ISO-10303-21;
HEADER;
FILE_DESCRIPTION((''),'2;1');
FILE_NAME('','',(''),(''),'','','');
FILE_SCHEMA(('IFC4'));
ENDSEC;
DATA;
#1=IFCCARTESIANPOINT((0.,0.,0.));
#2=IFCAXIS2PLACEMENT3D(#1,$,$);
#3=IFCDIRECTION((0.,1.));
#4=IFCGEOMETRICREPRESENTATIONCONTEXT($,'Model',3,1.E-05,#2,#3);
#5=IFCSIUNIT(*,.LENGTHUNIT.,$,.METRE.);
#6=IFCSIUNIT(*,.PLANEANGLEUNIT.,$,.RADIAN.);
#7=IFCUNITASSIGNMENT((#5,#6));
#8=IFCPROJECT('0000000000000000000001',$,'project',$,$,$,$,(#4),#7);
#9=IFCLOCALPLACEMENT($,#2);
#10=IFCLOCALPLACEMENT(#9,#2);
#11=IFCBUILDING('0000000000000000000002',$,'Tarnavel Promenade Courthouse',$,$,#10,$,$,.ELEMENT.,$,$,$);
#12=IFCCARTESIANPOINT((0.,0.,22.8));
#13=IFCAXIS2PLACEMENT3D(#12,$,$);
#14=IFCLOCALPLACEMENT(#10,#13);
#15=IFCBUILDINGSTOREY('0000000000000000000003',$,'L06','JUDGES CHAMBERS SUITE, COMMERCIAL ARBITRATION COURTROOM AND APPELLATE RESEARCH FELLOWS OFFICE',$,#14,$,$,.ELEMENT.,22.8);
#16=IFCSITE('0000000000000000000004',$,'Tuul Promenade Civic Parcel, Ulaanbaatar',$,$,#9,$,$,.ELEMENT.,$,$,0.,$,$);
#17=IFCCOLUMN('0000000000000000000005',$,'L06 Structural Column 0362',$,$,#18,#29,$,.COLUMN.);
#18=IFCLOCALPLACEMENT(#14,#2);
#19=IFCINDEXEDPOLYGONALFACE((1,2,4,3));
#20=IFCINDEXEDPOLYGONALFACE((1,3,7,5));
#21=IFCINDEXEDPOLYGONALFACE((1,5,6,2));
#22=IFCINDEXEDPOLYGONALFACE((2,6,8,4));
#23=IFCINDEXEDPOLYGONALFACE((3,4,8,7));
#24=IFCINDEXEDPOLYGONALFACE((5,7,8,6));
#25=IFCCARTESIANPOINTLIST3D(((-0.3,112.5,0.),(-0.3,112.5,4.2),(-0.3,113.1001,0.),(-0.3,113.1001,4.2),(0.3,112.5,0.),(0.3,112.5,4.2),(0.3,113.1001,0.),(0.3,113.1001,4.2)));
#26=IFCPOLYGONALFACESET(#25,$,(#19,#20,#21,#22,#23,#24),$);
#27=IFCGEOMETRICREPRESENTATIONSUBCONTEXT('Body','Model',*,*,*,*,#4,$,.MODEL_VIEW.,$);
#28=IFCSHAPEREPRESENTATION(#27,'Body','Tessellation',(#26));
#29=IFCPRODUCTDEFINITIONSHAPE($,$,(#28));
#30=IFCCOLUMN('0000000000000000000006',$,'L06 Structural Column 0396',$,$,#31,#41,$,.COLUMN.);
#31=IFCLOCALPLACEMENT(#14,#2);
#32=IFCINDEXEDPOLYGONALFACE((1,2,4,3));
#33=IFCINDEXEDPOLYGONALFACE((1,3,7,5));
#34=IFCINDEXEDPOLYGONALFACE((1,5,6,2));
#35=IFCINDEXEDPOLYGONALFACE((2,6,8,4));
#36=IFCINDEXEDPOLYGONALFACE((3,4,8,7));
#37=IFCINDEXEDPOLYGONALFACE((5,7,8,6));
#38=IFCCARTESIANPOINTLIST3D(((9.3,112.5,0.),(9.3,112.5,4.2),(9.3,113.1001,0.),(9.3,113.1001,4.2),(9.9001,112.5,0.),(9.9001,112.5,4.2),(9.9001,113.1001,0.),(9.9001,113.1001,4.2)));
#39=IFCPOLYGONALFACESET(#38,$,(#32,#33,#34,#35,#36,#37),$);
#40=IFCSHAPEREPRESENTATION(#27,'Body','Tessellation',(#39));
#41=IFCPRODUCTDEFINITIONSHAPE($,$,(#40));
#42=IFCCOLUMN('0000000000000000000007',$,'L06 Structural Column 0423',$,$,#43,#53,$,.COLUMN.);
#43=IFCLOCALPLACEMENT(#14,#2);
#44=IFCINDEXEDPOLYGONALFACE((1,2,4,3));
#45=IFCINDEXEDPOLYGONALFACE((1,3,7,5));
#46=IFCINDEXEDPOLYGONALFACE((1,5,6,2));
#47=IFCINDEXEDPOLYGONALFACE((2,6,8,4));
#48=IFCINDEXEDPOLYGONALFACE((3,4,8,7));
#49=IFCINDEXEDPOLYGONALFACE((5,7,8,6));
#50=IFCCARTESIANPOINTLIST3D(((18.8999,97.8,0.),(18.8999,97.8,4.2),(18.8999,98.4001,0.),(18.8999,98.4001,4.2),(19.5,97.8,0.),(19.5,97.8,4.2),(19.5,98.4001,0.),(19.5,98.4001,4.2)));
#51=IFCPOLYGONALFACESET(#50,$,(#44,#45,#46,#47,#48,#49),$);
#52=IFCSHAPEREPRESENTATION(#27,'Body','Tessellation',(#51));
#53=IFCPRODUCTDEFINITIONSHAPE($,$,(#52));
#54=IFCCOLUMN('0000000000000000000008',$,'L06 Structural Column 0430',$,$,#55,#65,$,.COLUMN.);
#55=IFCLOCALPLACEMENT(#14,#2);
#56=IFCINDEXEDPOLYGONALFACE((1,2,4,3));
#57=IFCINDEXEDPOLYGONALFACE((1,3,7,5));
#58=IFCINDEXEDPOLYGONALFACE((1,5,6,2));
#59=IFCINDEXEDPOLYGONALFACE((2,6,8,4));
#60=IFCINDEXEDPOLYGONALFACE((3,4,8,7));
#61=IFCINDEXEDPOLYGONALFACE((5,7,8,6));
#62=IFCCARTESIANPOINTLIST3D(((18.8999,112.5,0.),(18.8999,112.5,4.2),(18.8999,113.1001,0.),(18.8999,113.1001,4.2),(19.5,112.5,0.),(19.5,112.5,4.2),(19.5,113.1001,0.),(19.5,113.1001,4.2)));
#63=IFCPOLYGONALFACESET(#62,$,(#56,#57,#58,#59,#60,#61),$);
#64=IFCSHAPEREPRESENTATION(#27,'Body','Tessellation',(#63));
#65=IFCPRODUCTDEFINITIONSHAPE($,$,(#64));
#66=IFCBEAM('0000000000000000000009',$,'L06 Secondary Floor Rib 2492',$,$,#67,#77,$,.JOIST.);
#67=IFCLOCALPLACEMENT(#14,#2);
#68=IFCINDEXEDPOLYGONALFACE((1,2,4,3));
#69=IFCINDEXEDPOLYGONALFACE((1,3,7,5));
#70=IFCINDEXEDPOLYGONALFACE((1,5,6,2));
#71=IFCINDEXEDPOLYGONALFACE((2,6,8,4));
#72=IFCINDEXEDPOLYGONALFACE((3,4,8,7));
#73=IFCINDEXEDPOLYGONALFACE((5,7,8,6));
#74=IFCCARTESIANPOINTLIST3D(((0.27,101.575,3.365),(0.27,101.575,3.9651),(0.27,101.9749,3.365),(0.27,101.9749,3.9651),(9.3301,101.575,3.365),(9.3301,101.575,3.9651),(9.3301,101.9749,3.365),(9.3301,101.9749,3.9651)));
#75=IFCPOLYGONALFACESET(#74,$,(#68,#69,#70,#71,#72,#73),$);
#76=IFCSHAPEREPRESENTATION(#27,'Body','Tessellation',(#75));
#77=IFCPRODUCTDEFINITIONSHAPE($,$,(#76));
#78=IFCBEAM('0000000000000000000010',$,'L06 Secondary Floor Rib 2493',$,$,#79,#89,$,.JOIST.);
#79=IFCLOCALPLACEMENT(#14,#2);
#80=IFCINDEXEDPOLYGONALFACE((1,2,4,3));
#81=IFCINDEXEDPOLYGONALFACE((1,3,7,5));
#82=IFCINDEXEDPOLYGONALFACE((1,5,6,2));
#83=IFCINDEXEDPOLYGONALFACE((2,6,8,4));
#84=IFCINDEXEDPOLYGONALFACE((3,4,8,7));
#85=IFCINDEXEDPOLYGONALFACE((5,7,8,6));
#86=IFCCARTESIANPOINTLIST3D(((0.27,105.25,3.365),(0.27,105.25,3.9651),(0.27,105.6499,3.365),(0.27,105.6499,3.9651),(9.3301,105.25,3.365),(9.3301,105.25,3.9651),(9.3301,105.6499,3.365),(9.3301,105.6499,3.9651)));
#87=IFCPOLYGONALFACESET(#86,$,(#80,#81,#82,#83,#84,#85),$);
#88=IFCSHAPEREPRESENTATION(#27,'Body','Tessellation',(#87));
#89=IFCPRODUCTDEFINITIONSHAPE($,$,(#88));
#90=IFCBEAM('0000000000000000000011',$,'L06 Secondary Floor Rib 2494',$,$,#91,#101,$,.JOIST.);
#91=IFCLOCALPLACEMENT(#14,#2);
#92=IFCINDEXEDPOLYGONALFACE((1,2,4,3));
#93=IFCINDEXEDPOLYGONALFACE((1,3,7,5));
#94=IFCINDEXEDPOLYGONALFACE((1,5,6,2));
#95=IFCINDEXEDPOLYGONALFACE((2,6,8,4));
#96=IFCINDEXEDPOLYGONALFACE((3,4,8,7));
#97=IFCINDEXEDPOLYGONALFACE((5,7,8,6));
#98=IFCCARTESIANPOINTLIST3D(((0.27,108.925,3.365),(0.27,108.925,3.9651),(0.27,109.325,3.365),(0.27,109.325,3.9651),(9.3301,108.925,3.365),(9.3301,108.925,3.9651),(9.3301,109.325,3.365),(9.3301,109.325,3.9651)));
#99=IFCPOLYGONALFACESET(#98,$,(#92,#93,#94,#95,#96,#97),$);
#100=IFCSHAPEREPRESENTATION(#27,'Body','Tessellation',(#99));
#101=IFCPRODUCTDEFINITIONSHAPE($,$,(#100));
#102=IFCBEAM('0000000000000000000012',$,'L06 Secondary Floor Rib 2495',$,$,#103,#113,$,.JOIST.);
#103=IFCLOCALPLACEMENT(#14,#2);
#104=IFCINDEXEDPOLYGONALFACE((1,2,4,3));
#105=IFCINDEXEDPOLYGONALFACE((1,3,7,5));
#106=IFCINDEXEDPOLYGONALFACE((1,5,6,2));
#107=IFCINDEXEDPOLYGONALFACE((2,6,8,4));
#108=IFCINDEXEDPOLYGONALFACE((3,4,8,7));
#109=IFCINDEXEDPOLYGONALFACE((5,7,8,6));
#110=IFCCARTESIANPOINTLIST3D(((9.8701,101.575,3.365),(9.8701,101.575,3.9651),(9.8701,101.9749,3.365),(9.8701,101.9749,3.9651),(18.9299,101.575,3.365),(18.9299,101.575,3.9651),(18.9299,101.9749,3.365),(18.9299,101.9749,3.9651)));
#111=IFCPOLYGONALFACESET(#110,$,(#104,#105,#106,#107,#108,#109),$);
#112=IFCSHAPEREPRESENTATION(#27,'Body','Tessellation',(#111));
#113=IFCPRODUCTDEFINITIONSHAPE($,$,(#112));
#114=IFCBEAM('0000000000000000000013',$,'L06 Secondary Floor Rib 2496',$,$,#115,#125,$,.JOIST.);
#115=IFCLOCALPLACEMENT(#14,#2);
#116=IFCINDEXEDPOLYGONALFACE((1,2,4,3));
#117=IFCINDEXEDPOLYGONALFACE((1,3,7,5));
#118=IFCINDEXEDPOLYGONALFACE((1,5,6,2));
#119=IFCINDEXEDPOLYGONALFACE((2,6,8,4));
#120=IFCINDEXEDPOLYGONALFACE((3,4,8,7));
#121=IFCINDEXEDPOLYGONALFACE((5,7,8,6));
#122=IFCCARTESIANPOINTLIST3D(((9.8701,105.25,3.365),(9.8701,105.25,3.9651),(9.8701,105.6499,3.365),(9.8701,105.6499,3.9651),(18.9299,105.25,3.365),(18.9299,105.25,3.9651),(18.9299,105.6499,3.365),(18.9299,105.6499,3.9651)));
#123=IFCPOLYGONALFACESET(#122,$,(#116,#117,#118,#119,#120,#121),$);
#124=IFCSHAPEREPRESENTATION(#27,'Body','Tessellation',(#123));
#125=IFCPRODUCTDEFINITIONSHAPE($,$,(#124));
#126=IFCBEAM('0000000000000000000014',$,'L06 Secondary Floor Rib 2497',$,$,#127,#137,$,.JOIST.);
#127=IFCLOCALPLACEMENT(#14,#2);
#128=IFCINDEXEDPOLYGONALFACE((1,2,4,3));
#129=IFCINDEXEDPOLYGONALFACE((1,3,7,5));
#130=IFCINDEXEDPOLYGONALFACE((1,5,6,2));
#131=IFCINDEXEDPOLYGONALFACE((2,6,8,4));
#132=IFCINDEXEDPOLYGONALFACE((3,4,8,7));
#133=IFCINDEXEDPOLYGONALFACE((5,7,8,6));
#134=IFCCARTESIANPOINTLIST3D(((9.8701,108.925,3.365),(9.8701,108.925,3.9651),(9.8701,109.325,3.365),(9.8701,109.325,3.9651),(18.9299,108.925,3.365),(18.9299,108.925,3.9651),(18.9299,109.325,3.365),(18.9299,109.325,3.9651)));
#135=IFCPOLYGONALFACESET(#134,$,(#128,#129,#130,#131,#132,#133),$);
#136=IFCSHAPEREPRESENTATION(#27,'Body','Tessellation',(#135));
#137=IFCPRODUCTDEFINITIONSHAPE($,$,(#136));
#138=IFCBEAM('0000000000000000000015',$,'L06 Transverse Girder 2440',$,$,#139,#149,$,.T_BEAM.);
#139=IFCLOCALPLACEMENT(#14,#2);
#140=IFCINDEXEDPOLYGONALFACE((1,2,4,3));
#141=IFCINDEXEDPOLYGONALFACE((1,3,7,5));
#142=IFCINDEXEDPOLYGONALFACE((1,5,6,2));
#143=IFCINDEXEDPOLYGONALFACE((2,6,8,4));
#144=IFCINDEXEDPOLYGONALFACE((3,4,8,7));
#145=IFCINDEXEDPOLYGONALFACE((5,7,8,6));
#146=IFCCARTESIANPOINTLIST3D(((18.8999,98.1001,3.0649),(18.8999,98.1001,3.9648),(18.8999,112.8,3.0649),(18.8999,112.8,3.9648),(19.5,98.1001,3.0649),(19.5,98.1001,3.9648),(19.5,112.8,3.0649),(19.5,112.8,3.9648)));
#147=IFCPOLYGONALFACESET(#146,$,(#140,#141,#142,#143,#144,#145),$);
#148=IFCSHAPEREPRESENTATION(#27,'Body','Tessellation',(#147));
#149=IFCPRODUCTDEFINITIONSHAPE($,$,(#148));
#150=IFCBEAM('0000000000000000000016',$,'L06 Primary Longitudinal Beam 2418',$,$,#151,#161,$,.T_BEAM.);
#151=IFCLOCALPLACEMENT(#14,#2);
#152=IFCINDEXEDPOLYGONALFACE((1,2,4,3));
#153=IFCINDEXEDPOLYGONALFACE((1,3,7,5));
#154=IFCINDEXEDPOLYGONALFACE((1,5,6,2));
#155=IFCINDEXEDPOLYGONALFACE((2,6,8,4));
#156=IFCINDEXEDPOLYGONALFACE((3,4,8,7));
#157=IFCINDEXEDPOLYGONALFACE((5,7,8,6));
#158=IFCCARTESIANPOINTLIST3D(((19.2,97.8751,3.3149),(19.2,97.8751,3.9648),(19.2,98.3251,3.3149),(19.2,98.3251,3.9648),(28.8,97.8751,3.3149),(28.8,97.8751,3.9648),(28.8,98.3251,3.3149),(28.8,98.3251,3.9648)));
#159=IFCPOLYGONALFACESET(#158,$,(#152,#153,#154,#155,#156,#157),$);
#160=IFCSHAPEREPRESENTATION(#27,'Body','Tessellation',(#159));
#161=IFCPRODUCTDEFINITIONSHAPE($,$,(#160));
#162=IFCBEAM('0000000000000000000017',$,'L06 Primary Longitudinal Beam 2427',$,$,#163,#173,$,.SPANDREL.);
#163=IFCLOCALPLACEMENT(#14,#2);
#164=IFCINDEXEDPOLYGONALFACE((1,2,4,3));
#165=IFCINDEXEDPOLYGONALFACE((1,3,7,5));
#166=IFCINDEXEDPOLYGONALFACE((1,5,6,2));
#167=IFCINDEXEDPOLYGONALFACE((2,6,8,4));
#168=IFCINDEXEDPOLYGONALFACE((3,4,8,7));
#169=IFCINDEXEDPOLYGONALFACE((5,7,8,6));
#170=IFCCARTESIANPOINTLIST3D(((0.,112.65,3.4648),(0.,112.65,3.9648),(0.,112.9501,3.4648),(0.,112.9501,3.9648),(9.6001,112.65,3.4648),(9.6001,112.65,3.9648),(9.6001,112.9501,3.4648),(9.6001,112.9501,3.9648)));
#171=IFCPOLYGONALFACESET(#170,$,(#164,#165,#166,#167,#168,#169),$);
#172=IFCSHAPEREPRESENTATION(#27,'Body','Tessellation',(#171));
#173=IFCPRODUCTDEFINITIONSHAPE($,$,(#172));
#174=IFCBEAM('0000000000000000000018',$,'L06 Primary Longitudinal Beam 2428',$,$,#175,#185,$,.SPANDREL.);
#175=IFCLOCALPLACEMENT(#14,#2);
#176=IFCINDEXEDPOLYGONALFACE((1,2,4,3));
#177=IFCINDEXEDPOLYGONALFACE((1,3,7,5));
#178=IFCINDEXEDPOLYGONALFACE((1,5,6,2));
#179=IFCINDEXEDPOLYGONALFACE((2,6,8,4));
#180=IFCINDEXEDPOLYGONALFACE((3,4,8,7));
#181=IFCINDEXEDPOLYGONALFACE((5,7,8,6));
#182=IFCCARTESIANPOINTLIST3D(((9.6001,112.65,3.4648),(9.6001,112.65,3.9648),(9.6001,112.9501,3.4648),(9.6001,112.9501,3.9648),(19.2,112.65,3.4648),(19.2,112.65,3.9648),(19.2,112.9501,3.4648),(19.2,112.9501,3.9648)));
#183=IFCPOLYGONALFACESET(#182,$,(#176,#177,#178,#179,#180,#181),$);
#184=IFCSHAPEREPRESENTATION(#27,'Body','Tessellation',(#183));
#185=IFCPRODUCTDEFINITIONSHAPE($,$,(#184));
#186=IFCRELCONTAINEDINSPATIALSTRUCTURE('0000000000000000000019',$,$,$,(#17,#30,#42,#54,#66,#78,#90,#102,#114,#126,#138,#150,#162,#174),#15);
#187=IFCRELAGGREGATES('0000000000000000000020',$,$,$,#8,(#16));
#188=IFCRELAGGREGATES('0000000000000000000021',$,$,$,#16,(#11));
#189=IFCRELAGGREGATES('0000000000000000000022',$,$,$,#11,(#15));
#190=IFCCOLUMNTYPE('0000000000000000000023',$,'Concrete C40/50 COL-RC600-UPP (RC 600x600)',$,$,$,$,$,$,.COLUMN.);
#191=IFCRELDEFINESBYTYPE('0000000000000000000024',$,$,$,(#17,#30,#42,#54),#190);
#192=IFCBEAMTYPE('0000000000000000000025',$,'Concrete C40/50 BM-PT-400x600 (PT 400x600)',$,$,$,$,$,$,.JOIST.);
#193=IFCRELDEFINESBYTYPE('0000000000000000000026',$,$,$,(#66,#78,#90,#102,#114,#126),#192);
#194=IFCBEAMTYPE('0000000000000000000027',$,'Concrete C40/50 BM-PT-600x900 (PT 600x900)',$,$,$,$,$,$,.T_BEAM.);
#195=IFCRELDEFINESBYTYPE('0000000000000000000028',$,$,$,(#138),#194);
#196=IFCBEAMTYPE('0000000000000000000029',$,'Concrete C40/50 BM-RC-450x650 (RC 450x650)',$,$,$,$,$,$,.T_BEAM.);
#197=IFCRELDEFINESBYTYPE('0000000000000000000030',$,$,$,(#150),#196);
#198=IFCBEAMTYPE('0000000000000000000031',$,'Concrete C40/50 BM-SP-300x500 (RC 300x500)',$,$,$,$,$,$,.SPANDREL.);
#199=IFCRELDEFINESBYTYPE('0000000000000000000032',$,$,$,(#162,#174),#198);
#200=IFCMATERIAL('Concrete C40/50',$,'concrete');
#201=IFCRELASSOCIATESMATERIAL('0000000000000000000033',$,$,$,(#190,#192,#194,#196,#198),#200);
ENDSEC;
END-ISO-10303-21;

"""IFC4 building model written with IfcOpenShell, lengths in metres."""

from ifc_helpers import new_model, si_unit, direction, frame, origin, origin_2d, place, context, subcontext, project, spatial, rectangle, extrude, material, material_profile, profile_set, type_object, element, save


model = new_model("IFC4")

# Units and contexts
model_context = context("Model", 3, precision=1e-05, world=origin(), true_north=direction((0.0, 1.0)))
body_context = subcontext(model_context, "Body", "Model", "MODEL_VIEW")
ifc_project = project(units=[si_unit("LENGTHUNIT", "METRE"), si_unit("PLANEANGLEUNIT", "RADIAN")], contexts=[model_context])

# Site, building, storey
site_placement = place(None, origin())
site = spatial("IfcSite", under=ifc_project, at=site_placement, Name="Tuul Promenade Civic Parcel, Ulaanbaatar", CompositionType="ELEMENT", RefElevation=0.0)
building_placement = place(site_placement, origin())
building = spatial("IfcBuilding", under=site, at=building_placement, Name="Tarnavel Promenade Courthouse", CompositionType="ELEMENT")
storey_placement = place(building_placement, frame((0.0, 0.0, 22.8)))
storey = spatial("IfcBuildingStorey", under=building, at=storey_placement, Name="L06", Description="JUDGES CHAMBERS SUITE, COMMERCIAL ARBITRATION COURTROOM AND APPELLATE RESEARCH FELLOWS OFFICE", CompositionType="ELEMENT", Elevation=22.8)

# Columns
ifc_material_1 = material(Name="Concrete C40/50", Category="concrete")
ifc_material_profile_1 = material_profile(ifc_material_1, rectangle(XDim=0.6001, YDim=0.6001, at=origin_2d()), Name="RC 600x600")
ifc_profile_set_1 = profile_set([ifc_material_profile_1], Name="Concrete C40/50")
column_type = type_object("IfcColumnType", Name="Concrete C40/50 COL-RC600-UPP (RC 600x600)", PredefinedType="COLUMN", material=ifc_profile_set_1)
for number, where, z_axis, x_axis, name in (
    (1, (0.0, 112.8, 0.0), (0.0, 0.0, 1.0), (1.0, 0.0, 0.0), "L06 Structural Column 0362"),
    (2, (9.6001, 112.8, 0.0), (0.0, 0.0, 1.0), (1.0, 0.0, 0.0), "L06 Structural Column 0396"),
    (3, (19.2, 98.1001, 0.0), (0.0, 0.0, 1.0), (1.0, 0.0, 0.0), "L06 Structural Column 0423"),
    (4, (19.2, 112.8, 0.0), (0.0, 0.0, 1.0), (1.0, 0.0, 0.0), "L06 Structural Column 0430"),
):
    element("IfcColumn", number, at=place(storey_placement, frame(where, z_axis=z_axis, x_axis=x_axis)), inside=storey, type_object=column_type, Name=name, PredefinedType="COLUMN", context=body_context, shape_type="SweptSolid", body=[
        extrude(rectangle(XDim=0.6001, YDim=0.6001, at=origin_2d()), origin(), (0.0, 0.0, 1.0), 4.2),
    ])

# Beams
ifc_material_profile_2 = material_profile(ifc_material_1, rectangle(XDim=0.3999, YDim=0.6001, at=origin_2d()), Name="PT 400x600")
ifc_profile_set_2 = profile_set([ifc_material_profile_2], Name="Concrete C40/50")
beam_type_1 = type_object("IfcBeamType", Name="Concrete C40/50 BM-PT-400x600 (PT 400x600)", PredefinedType="JOIST", material=ifc_profile_set_2)
for number, where, z_axis, x_axis, name in (
    (5, (0.27, 101.7749, 3.665), (1.0, 0.0, 0.0), (0.0, 1.0, 0.0), "L06 Secondary Floor Rib 2492"),
    (6, (0.27, 105.45, 3.665), (1.0, 0.0, 0.0), (0.0, 1.0, 0.0), "L06 Secondary Floor Rib 2493"),
    (7, (0.27, 109.125, 3.665), (1.0, 0.0, 0.0), (0.0, 1.0, 0.0), "L06 Secondary Floor Rib 2494"),
):
    element("IfcBeam", number, at=place(storey_placement, frame(where, z_axis=z_axis, x_axis=x_axis)), inside=storey, type_object=beam_type_1, Name=name, PredefinedType="JOIST", context=body_context, shape_type="SweptSolid", body=[
        extrude(rectangle(XDim=0.3999, YDim=0.6001, at=origin_2d()), origin(), (0.0, 0.0, 1.0), 9.0601),
    ])
for number, where, z_axis, x_axis, name in (
    (8, (9.8701, 101.7749, 3.665), (1.0, 0.0, 0.0), (0.0, 1.0, 0.0), "L06 Secondary Floor Rib 2495"),
    (9, (9.8701, 105.45, 3.665), (1.0, 0.0, 0.0), (0.0, 1.0, 0.0), "L06 Secondary Floor Rib 2496"),
    (10, (9.8701, 109.125, 3.665), (1.0, 0.0, 0.0), (0.0, 1.0, 0.0), "L06 Secondary Floor Rib 2497"),
):
    element("IfcBeam", number, at=place(storey_placement, frame(where, z_axis=z_axis, x_axis=x_axis)), inside=storey, type_object=beam_type_1, Name=name, PredefinedType="JOIST", context=body_context, shape_type="SweptSolid", body=[
        extrude(rectangle(XDim=0.3999, YDim=0.6001, at=origin_2d()), origin(), (0.0, 0.0, 1.0), 9.0598),
    ])
ifc_material_profile_3 = material_profile(ifc_material_1, rectangle(XDim=0.6001, YDim=0.8999, at=origin_2d()), Name="PT 600x900")
ifc_profile_set_3 = profile_set([ifc_material_profile_3], Name="Concrete C40/50")
beam_type_2 = type_object("IfcBeamType", Name="Concrete C40/50 BM-PT-600x900 (PT 600x900)", PredefinedType="T_BEAM", material=ifc_profile_set_3)
beam_1_placement = place(storey_placement, frame((19.2, 98.1001, 3.5149), z_axis=(0.0, 1.0, 0.0), x_axis=(-1.0, 0.0, 0.0)))
element("IfcBeam", 11, at=beam_1_placement, inside=storey, type_object=beam_type_2, Name="L06 Transverse Girder 2440", PredefinedType="T_BEAM", context=body_context, shape_type="SweptSolid", body=[
    extrude(rectangle(XDim=0.6001, YDim=0.8999, at=origin_2d()), origin(), (0.0, 0.0, 1.0), 14.7),
])
ifc_material_profile_4 = material_profile(ifc_material_1, rectangle(XDim=0.45, YDim=0.6499, at=origin_2d()), Name="RC 450x650")
ifc_profile_set_4 = profile_set([ifc_material_profile_4], Name="Concrete C40/50")
beam_type_3 = type_object("IfcBeamType", Name="Concrete C40/50 BM-RC-450x650 (RC 450x650)", PredefinedType="T_BEAM", material=ifc_profile_set_4)
beam_2_placement = place(storey_placement, frame((19.2, 98.1001, 3.6399), z_axis=(1.0, 0.0, 0.0), x_axis=(0.0, 1.0, 0.0)))
element("IfcBeam", 12, at=beam_2_placement, inside=storey, type_object=beam_type_3, Name="L06 Primary Longitudinal Beam 2418", PredefinedType="T_BEAM", context=body_context, shape_type="SweptSolid", body=[
    extrude(rectangle(XDim=0.45, YDim=0.6499, at=origin_2d()), origin(), (0.0, 0.0, 1.0), 9.6001),
])
ifc_material_profile_5 = material_profile(ifc_material_1, rectangle(XDim=0.3, YDim=0.5, at=origin_2d()), Name="RC 300x500")
ifc_profile_set_5 = profile_set([ifc_material_profile_5], Name="Concrete C40/50")
beam_type_4 = type_object("IfcBeamType", Name="Concrete C40/50 BM-SP-300x500 (RC 300x500)", PredefinedType="SPANDREL", material=ifc_profile_set_5)
beam_3_placement = place(storey_placement, frame((0.0, 112.8, 3.7148), z_axis=(1.0, 0.0, 0.0), x_axis=(0.0, 1.0, 0.0)))
element("IfcBeam", 13, at=beam_3_placement, inside=storey, type_object=beam_type_4, Name="L06 Primary Longitudinal Beam 2427", PredefinedType="SPANDREL", context=body_context, shape_type="SweptSolid", body=[
    extrude(rectangle(XDim=0.3, YDim=0.5, at=origin_2d()), origin(), (0.0, 0.0, 1.0), 9.6001),
])
beam_4_placement = place(storey_placement, frame((9.6001, 112.8, 3.7148), z_axis=(1.0, 0.0, 0.0), x_axis=(0.0, 1.0, 0.0)))
element("IfcBeam", 14, at=beam_4_placement, inside=storey, type_object=beam_type_4, Name="L06 Primary Longitudinal Beam 2428", PredefinedType="SPANDREL", context=body_context, shape_type="SweptSolid", body=[
    extrude(rectangle(XDim=0.3, YDim=0.5, at=origin_2d()), origin(), (0.0, 0.0, 1.0), 9.5999),
])

save(model, "model.ifc")
